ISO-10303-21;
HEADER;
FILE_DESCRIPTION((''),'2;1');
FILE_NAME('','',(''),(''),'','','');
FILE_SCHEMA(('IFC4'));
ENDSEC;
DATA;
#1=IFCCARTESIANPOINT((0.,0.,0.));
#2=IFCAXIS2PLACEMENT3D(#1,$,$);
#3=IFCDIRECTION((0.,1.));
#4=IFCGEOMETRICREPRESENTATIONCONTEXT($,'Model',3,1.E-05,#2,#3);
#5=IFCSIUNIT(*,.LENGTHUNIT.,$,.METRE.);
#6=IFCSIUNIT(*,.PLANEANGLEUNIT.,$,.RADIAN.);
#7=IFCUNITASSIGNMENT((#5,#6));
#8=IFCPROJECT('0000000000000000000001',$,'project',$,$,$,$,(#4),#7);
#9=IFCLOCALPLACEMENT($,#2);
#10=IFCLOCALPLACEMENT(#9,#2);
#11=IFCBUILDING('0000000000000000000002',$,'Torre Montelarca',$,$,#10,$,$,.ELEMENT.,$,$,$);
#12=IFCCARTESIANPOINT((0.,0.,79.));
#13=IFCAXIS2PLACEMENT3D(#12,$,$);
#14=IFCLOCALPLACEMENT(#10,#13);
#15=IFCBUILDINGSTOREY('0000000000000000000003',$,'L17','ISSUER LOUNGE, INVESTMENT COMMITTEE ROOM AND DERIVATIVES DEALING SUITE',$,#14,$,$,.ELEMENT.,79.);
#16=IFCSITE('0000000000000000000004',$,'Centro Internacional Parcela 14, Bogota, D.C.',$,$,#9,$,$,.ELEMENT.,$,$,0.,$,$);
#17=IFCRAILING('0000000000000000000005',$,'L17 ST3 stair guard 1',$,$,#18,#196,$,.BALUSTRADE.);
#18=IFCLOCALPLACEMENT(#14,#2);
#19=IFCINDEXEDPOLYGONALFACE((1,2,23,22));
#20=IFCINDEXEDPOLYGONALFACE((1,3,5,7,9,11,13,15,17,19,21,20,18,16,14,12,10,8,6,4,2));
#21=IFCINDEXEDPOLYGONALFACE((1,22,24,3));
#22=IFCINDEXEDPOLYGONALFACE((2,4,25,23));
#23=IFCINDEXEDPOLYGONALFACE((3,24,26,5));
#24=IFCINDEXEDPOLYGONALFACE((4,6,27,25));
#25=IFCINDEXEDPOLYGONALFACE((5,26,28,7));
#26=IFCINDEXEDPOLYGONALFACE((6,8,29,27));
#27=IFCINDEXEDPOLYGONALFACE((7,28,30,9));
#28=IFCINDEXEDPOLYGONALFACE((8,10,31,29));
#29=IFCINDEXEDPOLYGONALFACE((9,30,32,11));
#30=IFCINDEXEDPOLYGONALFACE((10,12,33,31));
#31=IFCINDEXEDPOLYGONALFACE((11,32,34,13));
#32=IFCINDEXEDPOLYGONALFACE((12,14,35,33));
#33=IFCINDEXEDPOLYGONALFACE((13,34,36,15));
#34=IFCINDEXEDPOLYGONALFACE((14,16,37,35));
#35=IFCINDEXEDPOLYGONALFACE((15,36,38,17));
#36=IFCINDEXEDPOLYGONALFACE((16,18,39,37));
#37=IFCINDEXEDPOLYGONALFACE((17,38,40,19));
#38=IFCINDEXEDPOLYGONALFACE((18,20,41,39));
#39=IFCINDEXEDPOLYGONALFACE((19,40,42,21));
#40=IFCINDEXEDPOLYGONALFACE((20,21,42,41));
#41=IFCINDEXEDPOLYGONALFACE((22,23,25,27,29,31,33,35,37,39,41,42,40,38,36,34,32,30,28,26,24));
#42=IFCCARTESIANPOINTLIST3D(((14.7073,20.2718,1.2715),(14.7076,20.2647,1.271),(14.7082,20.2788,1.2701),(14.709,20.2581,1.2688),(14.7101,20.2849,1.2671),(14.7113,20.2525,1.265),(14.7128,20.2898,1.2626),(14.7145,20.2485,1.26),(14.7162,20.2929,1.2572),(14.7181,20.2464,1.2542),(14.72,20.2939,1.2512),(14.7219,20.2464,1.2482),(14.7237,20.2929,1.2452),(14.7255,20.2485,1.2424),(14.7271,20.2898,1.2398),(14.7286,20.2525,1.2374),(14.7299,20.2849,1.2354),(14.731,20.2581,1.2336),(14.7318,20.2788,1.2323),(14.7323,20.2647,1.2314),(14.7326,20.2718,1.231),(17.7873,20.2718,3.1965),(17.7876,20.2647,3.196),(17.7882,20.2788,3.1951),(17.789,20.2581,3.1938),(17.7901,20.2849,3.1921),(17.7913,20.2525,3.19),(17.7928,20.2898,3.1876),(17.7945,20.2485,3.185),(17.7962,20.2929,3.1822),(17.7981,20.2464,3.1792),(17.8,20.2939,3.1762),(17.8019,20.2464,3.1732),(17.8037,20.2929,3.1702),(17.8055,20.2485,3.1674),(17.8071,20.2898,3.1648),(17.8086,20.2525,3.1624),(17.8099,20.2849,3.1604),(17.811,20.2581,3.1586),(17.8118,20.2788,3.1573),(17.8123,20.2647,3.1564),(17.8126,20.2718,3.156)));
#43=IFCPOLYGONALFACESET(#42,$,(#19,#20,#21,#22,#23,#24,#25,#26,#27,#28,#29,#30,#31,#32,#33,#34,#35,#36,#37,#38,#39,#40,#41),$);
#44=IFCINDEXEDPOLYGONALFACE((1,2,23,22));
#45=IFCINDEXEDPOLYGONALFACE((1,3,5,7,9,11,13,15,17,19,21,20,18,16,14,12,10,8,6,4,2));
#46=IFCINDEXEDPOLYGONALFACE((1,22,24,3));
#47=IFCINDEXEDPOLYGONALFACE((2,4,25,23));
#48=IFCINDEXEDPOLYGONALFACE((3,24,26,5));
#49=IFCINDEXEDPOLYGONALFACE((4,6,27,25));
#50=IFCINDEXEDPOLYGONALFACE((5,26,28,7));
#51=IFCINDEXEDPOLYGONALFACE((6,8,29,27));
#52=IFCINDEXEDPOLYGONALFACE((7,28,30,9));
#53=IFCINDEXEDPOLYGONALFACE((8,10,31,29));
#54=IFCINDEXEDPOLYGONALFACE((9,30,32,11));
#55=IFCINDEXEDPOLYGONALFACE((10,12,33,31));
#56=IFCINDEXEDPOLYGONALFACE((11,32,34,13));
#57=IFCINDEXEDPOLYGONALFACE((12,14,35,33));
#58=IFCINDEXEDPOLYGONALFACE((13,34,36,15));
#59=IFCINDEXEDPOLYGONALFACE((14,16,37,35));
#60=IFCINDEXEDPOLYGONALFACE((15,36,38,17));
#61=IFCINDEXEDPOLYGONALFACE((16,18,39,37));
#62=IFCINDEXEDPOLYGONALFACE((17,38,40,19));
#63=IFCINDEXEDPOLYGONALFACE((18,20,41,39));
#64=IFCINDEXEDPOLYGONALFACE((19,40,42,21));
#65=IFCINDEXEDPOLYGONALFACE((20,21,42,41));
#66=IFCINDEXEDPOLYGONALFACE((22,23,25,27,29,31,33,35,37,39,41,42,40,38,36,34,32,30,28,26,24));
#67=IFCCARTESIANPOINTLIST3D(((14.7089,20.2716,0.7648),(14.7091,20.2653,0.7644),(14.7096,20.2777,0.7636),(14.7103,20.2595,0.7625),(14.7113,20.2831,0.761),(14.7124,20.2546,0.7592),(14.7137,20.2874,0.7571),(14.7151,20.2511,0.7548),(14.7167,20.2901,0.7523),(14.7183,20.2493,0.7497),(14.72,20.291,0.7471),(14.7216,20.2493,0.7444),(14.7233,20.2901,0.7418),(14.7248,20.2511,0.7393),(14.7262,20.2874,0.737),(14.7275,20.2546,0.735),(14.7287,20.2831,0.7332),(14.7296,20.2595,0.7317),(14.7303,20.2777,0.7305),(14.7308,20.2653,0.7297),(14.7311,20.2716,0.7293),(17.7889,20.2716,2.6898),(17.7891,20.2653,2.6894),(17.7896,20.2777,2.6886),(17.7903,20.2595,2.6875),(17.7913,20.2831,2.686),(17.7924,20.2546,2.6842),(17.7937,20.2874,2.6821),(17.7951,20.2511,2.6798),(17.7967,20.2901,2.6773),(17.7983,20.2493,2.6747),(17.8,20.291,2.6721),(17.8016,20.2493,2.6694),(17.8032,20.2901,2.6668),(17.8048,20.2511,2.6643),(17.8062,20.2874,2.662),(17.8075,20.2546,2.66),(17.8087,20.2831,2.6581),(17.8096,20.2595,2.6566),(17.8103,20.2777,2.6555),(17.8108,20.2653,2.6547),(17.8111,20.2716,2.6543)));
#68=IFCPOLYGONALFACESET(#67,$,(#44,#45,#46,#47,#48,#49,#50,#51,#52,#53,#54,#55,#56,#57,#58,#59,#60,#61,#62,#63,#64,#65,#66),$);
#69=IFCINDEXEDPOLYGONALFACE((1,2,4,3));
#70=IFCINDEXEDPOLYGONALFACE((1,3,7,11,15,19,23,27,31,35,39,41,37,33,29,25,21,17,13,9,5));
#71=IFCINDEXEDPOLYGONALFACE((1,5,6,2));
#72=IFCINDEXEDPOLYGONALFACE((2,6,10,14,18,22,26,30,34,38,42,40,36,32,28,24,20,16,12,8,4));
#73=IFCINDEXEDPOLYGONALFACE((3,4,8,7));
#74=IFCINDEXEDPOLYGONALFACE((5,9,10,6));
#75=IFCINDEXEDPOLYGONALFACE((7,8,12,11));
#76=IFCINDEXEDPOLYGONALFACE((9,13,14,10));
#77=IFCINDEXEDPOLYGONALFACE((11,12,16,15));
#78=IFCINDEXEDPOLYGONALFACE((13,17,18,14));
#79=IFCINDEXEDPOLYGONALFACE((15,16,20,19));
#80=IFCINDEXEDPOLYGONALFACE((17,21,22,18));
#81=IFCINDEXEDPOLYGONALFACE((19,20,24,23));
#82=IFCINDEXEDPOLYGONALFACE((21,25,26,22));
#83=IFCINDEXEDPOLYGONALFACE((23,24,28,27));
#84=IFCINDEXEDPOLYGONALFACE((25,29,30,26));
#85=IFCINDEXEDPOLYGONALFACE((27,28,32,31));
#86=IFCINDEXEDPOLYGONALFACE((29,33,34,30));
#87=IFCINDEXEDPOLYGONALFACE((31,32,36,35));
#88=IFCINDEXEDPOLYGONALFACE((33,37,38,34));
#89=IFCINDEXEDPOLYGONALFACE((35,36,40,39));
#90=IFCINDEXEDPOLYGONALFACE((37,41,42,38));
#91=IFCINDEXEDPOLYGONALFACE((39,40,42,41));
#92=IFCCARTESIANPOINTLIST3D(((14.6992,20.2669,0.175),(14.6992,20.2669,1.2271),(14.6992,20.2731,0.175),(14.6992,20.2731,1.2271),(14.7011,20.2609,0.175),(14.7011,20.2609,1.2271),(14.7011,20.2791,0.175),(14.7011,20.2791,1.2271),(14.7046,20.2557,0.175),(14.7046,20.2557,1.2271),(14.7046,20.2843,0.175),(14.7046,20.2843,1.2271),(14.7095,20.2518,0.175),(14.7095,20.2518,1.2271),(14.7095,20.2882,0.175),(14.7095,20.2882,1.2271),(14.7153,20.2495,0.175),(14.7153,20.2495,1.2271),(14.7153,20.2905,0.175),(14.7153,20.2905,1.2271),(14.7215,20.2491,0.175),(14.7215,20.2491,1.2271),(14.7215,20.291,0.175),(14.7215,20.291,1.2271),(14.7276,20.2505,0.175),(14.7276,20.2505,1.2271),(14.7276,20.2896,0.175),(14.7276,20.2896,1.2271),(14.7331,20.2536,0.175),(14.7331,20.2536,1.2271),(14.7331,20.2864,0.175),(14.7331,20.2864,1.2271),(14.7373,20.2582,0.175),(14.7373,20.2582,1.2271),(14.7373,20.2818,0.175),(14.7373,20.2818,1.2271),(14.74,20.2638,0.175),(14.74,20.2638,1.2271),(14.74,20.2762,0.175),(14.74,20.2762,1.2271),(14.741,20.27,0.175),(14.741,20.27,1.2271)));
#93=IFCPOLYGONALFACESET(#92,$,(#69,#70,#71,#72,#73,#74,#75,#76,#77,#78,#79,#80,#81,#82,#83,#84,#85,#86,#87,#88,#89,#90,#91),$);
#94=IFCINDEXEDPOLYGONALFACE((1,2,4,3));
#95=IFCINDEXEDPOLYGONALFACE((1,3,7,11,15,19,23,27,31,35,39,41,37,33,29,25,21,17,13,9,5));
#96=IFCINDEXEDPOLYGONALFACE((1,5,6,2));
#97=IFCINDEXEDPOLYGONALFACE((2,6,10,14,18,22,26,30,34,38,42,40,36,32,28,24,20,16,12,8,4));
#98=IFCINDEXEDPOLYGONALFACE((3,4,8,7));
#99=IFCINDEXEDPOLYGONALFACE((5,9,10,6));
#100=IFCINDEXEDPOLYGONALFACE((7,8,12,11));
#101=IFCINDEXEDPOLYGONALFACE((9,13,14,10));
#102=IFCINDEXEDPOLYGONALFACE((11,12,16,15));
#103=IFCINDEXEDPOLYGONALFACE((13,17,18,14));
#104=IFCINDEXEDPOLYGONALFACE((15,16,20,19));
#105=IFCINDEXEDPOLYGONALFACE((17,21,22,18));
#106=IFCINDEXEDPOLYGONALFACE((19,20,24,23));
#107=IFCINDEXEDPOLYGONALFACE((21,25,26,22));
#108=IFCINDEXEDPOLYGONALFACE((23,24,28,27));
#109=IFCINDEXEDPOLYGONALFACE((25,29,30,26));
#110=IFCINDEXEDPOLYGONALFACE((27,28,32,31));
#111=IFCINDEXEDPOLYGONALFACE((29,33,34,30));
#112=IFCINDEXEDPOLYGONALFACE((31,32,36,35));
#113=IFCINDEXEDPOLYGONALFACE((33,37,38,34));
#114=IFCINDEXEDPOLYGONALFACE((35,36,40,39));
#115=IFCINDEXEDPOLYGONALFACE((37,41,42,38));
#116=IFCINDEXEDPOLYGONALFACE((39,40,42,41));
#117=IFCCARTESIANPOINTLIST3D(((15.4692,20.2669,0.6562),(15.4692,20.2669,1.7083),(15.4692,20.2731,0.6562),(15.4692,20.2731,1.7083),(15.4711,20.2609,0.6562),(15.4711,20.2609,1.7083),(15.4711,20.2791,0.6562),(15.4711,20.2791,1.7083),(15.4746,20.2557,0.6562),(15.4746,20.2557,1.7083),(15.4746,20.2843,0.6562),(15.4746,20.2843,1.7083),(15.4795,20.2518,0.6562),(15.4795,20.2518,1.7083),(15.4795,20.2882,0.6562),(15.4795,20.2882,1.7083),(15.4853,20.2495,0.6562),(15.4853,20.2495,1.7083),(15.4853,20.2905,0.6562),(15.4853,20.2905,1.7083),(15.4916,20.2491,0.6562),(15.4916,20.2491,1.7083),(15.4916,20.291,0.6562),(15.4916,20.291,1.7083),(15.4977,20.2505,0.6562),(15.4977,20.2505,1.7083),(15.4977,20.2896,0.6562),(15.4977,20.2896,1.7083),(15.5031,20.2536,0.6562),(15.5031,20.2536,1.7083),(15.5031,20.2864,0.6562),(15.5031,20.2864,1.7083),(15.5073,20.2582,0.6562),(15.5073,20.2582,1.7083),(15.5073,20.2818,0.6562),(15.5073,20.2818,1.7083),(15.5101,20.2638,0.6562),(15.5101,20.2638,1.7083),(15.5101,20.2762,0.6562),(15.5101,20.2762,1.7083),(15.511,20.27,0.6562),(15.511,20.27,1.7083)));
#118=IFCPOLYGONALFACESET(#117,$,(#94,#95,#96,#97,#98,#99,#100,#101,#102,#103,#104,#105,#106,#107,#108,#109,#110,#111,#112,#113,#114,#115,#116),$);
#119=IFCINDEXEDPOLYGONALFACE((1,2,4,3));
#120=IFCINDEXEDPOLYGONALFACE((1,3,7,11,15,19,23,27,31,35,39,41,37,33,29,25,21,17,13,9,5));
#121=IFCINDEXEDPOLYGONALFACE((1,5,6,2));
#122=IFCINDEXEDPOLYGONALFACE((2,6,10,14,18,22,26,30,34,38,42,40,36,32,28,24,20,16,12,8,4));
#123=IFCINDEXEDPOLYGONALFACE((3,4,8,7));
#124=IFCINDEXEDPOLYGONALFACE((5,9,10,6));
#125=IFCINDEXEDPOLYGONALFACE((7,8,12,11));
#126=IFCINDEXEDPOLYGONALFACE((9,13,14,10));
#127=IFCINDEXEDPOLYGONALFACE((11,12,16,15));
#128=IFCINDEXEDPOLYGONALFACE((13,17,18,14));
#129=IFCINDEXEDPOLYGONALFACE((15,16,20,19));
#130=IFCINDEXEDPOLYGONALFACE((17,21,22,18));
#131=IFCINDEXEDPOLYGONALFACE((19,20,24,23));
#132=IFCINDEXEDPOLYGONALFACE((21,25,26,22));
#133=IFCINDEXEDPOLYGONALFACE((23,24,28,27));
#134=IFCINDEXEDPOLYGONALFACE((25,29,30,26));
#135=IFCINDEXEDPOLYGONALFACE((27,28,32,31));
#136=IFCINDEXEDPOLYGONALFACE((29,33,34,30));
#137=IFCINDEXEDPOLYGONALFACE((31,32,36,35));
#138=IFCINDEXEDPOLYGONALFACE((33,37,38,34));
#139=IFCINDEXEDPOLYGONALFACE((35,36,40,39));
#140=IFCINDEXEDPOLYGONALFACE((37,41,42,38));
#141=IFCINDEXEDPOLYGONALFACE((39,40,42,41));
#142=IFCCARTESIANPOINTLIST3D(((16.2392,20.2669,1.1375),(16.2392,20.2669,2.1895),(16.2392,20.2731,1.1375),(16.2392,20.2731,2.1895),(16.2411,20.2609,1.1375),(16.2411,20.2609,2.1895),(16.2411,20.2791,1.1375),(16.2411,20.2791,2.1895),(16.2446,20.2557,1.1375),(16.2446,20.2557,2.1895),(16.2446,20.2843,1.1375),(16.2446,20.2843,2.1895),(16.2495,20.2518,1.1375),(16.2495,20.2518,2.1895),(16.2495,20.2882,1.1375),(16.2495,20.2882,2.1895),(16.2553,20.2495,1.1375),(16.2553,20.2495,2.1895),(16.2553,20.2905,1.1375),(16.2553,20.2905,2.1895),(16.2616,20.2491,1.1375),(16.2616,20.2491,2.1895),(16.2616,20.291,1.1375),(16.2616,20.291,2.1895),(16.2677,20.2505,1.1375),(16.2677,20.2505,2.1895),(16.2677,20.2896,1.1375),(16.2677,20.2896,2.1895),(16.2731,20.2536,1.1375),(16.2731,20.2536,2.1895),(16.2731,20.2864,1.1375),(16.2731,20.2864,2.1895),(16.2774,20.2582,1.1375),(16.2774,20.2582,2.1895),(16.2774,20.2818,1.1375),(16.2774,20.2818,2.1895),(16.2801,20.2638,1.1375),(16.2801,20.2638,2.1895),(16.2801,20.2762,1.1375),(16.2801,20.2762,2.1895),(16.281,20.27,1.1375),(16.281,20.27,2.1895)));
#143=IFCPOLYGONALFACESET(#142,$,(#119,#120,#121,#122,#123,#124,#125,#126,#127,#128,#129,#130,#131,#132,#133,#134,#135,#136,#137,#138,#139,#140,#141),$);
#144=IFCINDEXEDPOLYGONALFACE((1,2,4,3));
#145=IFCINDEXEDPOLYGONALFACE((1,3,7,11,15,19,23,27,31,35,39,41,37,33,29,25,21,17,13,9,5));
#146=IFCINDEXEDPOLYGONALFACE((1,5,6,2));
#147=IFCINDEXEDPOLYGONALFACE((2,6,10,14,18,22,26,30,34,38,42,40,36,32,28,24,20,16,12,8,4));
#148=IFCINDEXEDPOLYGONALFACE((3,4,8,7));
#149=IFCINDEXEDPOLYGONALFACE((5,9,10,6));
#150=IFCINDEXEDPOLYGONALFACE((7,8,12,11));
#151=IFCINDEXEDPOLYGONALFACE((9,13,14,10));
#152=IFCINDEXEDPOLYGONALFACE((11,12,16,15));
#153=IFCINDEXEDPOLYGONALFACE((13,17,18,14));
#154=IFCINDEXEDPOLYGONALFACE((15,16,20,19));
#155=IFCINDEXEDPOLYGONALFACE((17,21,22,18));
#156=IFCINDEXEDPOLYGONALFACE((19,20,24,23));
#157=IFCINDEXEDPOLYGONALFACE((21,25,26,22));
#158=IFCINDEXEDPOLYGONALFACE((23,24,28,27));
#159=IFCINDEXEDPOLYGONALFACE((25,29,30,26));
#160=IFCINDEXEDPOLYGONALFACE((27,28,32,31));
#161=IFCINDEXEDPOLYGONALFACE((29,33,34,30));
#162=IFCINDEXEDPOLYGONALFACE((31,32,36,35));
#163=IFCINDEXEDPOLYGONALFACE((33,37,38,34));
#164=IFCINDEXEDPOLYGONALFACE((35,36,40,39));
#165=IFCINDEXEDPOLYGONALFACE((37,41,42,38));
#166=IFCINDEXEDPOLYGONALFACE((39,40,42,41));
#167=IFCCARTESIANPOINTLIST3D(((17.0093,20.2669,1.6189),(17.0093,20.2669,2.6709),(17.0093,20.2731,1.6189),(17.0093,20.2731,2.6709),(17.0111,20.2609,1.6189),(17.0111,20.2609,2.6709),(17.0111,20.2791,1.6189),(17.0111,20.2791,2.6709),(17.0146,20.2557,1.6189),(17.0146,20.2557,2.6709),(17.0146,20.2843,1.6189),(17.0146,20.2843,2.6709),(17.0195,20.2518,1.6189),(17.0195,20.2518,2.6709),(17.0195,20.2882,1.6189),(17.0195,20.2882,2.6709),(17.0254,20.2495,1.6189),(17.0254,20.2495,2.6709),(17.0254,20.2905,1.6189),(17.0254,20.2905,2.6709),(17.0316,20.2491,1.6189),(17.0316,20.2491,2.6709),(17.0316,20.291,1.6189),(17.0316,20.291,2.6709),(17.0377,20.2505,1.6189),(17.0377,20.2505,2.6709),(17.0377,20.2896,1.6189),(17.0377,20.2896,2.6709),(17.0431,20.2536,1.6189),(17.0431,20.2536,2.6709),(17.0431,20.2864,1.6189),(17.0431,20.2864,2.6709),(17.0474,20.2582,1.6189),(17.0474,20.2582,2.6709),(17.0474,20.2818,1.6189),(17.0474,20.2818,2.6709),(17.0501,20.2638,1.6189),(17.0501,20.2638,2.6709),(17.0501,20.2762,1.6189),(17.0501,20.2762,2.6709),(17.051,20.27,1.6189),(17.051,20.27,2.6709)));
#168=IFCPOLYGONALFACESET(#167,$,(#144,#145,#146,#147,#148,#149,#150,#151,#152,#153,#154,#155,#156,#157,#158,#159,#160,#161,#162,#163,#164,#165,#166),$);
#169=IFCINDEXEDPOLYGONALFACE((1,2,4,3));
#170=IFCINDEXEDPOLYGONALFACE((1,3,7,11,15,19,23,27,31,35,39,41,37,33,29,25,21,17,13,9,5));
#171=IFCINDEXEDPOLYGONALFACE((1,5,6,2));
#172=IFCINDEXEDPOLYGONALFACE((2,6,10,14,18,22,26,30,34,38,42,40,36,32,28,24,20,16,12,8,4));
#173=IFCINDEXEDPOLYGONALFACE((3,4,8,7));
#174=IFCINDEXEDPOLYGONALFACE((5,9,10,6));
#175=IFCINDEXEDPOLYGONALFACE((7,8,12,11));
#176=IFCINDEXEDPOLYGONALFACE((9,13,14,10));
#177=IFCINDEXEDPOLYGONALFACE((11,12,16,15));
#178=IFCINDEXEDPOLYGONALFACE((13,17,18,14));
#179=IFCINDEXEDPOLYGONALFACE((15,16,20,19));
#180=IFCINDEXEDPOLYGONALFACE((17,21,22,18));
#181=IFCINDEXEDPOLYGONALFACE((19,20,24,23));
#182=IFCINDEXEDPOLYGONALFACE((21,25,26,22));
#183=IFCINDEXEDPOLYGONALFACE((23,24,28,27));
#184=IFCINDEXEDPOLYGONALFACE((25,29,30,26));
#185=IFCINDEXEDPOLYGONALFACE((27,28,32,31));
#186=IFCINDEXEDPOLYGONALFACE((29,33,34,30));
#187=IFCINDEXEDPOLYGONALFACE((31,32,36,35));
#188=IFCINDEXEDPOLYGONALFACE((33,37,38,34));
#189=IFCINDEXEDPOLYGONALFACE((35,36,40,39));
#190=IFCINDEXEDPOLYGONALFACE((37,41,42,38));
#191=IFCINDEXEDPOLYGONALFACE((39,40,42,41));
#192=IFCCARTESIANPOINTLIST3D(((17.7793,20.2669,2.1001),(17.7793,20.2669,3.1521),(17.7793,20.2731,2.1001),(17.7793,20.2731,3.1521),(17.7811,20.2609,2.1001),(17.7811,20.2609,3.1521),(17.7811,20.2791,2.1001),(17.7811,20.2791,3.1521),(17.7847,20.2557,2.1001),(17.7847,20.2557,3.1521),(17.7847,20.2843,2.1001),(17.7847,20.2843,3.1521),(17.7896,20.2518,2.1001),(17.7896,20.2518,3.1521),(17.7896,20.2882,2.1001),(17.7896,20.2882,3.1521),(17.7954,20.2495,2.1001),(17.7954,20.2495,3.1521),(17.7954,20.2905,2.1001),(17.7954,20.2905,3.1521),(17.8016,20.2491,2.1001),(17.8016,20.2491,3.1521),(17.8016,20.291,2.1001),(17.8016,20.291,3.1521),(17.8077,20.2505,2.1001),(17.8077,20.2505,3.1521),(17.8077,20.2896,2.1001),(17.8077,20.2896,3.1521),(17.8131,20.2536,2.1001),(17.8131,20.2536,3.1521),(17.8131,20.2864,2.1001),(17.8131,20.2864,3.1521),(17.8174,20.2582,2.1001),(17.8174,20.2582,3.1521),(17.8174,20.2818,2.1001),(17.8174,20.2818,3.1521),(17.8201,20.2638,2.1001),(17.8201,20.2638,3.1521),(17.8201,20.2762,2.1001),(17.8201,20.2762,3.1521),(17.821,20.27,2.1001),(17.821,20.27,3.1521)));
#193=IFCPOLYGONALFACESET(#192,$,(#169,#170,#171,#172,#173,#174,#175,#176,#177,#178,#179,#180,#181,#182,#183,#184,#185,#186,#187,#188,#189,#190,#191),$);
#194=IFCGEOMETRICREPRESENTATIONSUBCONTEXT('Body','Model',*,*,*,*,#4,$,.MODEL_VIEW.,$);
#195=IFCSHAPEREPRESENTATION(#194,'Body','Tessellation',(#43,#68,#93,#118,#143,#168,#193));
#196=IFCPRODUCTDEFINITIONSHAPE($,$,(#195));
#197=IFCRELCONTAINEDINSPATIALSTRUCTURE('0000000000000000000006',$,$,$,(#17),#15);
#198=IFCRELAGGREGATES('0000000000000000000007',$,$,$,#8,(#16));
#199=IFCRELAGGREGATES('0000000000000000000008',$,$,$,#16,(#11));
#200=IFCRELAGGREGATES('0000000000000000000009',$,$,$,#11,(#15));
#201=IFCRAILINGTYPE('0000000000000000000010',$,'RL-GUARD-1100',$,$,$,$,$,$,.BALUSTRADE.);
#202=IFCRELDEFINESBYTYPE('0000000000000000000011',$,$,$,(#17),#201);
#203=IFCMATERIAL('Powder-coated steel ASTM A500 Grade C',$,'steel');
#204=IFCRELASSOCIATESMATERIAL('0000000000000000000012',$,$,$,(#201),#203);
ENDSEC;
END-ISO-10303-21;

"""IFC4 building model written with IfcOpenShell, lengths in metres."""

from ifc_helpers import new_model, si_unit, direction, frame, origin, origin_2d, place, context, subcontext, project, spatial, circle, extrude, material, type_object, element, save


model = new_model("IFC4")

# Units and contexts
model_context = context("Model", 3, precision=1e-05, world=origin(), true_north=direction((0.0, 1.0)))
body_context = subcontext(model_context, "Body", "Model", "MODEL_VIEW")
ifc_project = project(units=[si_unit("LENGTHUNIT", "METRE"), si_unit("PLANEANGLEUNIT", "RADIAN")], contexts=[model_context])

# Site, building, storey
site_placement = place(None, origin())
site = spatial("IfcSite", under=ifc_project, at=site_placement, Name="Centro Internacional Parcela 14, Bogota, D.C.", CompositionType="ELEMENT", RefElevation=0.0)
building_placement = place(site_placement, origin())
building = spatial("IfcBuilding", under=site, at=building_placement, Name="Torre Montelarca", CompositionType="ELEMENT")
storey_placement = place(building_placement, frame((0.0, 0.0, 79.0)))
storey = spatial("IfcBuildingStorey", under=building, at=storey_placement, Name="L17", Description="ISSUER LOUNGE, INVESTMENT COMMITTEE ROOM AND DERIVATIVES DEALING SUITE", CompositionType="ELEMENT", Elevation=79.0)

# Railing
ifc_material_1 = material(Name="Powder-coated steel ASTM A500 Grade C", Category="steel")
railing_type_1 = type_object("IfcRailingType", Name="RL-GUARD-1100", PredefinedType="BALUSTRADE", material=ifc_material_1)
railing_1_placement = place(storey_placement, frame((14.72, 20.27, 0.175)))
element("IfcRailing", 1, at=railing_1_placement, inside=storey, type_object=railing_type_1, Name="L17 ST3 stair guard 1", PredefinedType="BALUSTRADE", context=body_context, shape_type="SweptSolid", body=[
    extrude(circle(Radius=0.0239, at=origin_2d()), frame((0.0, 0.0, 1.0762), z_axis=(0.847998, 0.0, 0.529999), x_axis=(0.0, 1.0, 0.0)), (0.0, 0.0, 1.0), 3.6321),
    extrude(circle(Radius=0.021, at=origin_2d()), frame((0.0, 0.0, 0.572), z_axis=(0.847998, 0.0, 0.529999), x_axis=(0.0, 1.0, 0.0)), (0.0, 0.0, 1.0), 3.6321),
    extrude(circle(Radius=0.021, at=origin_2d()), origin(), (0.0, 0.0, 1.0), 1.052),
    extrude(circle(Radius=0.021, at=origin_2d()), frame((0.77, 0.0, 0.4812)), (0.0, 0.0, 1.0), 1.052),
    extrude(circle(Radius=0.021, at=origin_2d()), frame((1.54, 0.0, 0.9624)), (0.0, 0.0, 1.0), 1.052),
    extrude(circle(Radius=0.021, at=origin_2d()), frame((2.3101, 0.0, 1.4438)), (0.0, 0.0, 1.0), 1.052),
    extrude(circle(Radius=0.021, at=origin_2d()), frame((3.0801, 0.0, 1.925)), (0.0, 0.0, 1.0), 1.052),
])

save(model, "model.ifc")
